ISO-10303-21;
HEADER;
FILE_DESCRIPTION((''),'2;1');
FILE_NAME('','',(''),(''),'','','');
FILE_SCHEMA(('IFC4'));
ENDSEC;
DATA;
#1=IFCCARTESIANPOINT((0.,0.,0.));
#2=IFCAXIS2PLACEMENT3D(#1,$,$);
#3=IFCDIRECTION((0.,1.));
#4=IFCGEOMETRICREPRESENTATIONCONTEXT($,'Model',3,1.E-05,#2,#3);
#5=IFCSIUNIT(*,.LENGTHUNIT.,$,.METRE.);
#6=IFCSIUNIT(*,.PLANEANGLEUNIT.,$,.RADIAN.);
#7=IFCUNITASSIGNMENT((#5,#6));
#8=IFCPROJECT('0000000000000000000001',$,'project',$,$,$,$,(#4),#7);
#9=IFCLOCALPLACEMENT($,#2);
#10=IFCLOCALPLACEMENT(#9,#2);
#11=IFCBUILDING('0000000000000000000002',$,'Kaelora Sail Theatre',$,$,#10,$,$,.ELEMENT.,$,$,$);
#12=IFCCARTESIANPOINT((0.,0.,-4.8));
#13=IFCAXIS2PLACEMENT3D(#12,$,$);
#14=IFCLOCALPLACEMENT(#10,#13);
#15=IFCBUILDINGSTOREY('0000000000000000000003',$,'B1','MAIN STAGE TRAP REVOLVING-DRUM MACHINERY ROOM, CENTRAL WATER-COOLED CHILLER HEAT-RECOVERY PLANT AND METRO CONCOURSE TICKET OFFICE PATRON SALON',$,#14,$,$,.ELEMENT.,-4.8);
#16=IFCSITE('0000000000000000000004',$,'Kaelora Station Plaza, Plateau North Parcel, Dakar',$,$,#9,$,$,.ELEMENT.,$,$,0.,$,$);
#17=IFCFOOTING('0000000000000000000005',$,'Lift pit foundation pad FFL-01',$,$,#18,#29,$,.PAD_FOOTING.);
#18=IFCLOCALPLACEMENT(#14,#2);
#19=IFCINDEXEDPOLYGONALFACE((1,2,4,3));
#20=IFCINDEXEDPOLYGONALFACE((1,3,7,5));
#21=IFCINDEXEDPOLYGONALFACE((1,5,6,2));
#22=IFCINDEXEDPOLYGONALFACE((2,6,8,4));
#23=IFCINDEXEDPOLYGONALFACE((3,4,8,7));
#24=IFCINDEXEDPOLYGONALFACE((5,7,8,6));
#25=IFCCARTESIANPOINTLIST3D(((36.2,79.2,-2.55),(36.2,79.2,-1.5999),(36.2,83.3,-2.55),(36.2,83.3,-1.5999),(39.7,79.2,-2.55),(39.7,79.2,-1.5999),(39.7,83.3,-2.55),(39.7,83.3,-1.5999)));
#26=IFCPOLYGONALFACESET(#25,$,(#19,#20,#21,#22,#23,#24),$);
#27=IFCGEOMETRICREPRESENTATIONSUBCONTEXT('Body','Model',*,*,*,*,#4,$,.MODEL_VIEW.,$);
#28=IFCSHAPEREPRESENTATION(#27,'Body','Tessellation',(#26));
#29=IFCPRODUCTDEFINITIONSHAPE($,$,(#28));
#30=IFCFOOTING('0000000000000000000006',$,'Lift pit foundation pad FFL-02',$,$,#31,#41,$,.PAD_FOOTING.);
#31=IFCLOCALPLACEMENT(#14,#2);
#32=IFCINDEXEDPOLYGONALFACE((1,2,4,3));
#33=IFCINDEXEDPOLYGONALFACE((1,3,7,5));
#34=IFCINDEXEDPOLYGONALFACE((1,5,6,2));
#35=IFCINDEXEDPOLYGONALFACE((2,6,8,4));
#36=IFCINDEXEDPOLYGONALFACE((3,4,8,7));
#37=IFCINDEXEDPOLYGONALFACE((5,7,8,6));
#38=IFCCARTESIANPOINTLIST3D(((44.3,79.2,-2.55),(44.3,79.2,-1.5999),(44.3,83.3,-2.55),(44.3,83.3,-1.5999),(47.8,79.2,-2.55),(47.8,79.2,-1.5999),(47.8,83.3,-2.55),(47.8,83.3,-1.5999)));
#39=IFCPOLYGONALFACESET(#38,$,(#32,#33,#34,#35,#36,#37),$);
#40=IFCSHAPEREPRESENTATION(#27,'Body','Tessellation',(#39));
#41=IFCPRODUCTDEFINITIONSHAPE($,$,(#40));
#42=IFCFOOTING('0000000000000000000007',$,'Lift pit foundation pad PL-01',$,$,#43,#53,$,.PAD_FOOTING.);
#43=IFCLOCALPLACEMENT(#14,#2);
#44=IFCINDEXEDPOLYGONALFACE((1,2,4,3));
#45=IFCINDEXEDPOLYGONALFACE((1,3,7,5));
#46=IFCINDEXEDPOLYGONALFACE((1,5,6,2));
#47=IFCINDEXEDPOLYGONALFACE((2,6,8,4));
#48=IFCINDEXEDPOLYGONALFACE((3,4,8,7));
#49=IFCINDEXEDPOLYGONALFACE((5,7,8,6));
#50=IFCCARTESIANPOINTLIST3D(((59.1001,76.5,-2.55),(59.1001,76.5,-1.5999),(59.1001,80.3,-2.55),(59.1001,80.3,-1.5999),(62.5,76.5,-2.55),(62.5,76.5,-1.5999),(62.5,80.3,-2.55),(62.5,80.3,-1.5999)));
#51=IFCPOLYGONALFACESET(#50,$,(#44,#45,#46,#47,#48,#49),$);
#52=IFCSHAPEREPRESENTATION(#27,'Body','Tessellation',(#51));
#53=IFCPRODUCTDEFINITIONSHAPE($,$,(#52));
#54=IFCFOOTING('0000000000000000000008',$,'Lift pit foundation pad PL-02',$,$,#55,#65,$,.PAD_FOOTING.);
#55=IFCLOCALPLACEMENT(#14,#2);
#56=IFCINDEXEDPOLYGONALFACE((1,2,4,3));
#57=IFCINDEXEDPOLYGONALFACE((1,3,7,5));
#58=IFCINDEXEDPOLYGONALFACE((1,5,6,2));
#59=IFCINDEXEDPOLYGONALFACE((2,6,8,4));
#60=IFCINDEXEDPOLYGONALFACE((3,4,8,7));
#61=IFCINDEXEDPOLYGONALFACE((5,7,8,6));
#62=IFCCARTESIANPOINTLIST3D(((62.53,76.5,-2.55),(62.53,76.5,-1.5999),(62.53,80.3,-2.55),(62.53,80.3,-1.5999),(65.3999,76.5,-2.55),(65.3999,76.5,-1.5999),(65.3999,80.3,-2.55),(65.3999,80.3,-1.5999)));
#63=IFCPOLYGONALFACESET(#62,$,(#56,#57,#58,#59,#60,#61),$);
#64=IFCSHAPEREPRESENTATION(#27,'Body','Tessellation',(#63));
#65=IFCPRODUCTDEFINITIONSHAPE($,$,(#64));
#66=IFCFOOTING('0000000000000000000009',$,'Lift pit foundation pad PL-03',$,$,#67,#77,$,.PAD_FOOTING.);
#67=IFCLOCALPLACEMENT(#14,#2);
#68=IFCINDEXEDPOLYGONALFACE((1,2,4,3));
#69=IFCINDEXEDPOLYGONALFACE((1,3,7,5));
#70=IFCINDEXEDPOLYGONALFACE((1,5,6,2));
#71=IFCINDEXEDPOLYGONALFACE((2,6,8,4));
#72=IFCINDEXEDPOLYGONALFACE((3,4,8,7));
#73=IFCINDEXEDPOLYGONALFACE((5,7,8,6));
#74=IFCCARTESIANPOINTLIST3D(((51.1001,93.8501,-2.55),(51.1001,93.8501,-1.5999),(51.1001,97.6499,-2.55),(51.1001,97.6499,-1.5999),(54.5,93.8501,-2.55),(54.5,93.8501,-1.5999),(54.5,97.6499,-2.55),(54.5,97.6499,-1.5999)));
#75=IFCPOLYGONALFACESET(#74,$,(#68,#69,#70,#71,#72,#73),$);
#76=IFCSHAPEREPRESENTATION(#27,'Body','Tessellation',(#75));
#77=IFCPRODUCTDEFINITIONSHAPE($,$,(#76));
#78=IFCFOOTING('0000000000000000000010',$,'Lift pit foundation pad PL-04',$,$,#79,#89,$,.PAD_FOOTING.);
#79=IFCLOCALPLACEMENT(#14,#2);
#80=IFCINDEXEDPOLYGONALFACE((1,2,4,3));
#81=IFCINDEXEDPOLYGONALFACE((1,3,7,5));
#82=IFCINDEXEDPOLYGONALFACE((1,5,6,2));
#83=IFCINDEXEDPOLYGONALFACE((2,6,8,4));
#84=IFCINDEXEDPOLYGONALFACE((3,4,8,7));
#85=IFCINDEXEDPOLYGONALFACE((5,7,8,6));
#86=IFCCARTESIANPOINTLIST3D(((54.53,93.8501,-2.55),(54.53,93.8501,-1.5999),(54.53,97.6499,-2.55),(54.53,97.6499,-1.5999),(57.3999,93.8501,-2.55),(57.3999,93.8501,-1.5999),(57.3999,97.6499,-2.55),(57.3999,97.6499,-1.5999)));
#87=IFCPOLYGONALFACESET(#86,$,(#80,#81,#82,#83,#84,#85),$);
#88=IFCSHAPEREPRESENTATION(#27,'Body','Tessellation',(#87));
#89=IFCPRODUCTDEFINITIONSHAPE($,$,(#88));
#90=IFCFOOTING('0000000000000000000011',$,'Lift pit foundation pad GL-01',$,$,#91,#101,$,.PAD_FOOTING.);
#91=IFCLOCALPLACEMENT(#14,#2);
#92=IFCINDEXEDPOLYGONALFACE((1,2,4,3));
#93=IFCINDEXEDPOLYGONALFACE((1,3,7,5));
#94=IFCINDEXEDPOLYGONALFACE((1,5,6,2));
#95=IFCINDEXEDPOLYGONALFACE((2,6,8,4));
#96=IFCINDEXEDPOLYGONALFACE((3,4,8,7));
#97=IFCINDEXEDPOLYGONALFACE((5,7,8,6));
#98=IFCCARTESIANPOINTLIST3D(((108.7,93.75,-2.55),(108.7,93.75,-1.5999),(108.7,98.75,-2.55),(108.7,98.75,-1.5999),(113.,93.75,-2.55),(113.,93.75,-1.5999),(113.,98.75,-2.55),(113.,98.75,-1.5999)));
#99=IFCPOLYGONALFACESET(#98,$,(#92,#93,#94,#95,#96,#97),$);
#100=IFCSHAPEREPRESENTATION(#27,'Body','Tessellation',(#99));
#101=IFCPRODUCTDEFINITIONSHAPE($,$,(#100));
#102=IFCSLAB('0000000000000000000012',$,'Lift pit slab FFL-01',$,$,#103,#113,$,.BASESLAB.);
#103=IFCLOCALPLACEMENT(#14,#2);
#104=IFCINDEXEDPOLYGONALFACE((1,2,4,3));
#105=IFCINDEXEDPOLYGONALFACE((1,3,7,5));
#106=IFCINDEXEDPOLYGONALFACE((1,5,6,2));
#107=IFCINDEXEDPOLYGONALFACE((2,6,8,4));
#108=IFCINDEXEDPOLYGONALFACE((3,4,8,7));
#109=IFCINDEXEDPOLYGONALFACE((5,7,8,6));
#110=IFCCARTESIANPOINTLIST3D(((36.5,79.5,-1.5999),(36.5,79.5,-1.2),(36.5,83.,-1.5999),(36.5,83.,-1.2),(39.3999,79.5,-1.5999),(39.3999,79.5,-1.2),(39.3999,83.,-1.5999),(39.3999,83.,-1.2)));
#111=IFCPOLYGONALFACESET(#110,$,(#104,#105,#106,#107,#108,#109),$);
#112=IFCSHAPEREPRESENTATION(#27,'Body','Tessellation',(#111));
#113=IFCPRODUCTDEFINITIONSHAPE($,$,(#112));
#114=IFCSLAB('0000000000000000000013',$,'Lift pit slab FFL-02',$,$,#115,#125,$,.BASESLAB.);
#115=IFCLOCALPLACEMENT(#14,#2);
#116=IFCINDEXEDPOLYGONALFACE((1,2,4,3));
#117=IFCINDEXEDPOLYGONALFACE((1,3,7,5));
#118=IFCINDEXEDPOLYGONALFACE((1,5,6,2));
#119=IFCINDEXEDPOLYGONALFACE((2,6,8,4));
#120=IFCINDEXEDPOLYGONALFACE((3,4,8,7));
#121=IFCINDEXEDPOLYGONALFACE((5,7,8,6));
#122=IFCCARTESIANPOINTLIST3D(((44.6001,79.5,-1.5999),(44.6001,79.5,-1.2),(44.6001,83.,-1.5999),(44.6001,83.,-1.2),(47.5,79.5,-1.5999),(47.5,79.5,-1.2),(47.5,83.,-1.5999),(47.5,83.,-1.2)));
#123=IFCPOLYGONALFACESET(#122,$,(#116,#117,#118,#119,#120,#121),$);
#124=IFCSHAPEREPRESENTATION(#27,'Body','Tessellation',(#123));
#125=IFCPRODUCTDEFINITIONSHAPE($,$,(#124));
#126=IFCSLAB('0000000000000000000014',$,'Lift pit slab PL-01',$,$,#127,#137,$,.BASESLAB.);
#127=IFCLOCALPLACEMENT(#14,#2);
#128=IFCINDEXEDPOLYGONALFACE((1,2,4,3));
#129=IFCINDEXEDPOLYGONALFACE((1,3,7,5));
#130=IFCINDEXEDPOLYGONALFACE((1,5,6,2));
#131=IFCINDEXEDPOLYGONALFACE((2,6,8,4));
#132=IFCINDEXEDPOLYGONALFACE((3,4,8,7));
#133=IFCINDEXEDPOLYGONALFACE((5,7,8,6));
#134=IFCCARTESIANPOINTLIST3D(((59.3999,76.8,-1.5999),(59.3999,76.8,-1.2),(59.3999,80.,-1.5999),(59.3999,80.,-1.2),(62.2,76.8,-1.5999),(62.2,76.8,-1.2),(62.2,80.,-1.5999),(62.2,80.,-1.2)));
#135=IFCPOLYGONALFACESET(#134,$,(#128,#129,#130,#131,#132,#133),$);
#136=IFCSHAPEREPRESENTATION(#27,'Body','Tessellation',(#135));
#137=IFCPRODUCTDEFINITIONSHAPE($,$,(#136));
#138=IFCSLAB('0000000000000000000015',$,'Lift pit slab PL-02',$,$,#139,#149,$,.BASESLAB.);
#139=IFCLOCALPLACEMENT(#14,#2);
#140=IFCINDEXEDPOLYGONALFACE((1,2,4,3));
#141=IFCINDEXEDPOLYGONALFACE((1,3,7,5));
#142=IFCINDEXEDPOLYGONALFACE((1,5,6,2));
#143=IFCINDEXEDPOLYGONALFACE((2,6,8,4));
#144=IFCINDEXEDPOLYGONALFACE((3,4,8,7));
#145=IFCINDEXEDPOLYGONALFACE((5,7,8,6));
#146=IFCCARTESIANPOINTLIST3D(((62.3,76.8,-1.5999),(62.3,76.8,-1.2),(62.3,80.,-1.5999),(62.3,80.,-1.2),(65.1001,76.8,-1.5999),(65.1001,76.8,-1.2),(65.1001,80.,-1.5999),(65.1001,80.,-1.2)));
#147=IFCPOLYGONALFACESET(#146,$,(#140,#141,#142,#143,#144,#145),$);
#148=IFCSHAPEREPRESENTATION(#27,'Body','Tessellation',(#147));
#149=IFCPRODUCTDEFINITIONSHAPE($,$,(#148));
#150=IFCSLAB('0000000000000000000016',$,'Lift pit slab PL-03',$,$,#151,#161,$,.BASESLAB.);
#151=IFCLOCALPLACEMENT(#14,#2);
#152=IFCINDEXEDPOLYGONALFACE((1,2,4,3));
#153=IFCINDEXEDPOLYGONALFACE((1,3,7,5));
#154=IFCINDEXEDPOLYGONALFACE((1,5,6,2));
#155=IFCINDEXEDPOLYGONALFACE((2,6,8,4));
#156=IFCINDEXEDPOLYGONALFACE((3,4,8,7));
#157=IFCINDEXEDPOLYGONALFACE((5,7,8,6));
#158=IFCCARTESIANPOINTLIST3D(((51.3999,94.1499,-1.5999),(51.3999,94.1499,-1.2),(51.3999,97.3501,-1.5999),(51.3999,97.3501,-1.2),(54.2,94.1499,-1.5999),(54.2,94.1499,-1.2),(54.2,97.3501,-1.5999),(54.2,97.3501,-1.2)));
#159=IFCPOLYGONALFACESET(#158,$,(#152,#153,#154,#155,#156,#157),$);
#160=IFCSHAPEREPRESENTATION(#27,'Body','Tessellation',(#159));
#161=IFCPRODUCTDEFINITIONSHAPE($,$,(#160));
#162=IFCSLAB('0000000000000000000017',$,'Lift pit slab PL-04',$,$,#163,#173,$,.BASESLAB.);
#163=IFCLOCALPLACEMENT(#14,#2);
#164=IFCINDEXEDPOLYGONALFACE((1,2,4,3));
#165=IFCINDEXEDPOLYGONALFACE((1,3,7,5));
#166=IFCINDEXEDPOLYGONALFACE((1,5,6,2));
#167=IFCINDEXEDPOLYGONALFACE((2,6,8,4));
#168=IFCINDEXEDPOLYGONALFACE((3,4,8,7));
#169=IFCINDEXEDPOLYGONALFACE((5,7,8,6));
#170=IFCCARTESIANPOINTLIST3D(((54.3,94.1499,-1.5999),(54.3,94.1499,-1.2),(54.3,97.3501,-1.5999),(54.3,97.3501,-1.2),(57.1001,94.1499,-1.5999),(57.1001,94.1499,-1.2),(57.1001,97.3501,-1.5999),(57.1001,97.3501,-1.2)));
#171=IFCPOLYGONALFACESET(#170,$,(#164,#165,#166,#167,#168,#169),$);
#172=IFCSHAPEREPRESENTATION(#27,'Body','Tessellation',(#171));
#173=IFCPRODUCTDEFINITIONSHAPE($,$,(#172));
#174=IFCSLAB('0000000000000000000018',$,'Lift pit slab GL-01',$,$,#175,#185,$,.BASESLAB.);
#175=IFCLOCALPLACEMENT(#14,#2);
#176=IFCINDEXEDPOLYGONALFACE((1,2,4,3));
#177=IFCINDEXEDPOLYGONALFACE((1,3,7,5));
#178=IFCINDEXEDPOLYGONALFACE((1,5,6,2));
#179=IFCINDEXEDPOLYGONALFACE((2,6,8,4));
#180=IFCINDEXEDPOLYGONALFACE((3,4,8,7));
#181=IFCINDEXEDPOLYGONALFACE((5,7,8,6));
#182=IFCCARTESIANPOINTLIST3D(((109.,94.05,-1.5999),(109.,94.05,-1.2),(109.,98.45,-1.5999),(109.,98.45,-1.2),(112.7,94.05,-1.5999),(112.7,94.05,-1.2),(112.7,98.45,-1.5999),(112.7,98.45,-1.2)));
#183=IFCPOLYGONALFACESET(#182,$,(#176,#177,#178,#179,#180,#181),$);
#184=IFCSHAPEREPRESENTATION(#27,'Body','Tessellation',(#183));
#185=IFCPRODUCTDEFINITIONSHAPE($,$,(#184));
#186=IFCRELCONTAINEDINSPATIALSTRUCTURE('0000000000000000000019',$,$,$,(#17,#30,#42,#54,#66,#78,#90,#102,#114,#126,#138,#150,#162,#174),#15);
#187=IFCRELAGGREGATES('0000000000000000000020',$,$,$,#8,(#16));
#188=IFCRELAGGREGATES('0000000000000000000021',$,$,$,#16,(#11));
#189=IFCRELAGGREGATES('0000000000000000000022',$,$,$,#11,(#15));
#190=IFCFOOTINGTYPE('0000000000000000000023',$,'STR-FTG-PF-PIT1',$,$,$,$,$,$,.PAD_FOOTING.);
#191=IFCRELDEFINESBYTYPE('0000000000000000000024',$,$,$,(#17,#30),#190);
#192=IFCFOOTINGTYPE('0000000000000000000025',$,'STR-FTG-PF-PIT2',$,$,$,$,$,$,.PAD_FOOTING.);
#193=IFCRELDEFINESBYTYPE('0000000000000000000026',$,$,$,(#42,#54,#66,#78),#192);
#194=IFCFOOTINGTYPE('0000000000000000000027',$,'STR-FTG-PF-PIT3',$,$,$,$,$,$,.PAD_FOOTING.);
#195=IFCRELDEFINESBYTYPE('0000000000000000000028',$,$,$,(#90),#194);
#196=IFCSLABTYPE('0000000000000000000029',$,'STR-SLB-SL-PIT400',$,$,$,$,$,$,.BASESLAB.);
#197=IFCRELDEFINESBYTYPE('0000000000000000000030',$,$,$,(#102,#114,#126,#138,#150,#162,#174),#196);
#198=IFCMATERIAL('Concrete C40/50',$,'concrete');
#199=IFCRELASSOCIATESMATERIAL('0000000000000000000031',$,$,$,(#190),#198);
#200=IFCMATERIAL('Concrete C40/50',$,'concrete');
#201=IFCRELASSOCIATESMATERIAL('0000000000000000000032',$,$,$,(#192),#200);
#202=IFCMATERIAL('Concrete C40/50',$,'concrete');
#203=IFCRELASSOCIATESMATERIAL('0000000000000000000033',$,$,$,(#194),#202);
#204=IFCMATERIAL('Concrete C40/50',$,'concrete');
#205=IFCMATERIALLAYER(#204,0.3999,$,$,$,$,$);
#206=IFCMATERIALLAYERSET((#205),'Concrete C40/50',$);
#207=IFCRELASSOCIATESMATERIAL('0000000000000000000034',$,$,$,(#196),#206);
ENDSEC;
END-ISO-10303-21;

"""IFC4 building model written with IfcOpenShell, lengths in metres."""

from ifc_helpers import new_model, si_unit, direction, frame, origin, place, context, subcontext, project, spatial, polyline, outline, extrude, material, layer, layer_set, type_object, element, save


model = new_model("IFC4")

# Units and contexts
model_context = context("Model", 3, precision=1e-05, world=origin(), true_north=direction((0.0, 1.0)))
body_context = subcontext(model_context, "Body", "Model", "MODEL_VIEW")
ifc_project = project(units=[si_unit("LENGTHUNIT", "METRE"), si_unit("PLANEANGLEUNIT", "RADIAN")], contexts=[model_context])

# Site, building, storey
site_placement = place(None, origin())
site = spatial("IfcSite", under=ifc_project, at=site_placement, Name="Kaelora Station Plaza, Plateau North Parcel, Dakar", CompositionType="ELEMENT", RefElevation=0.0)
building_placement = place(site_placement, origin())
building = spatial("IfcBuilding", under=site, at=building_placement, Name="Kaelora Sail Theatre", CompositionType="ELEMENT")
storey_placement = place(building_placement, frame((0.0, 0.0, -4.8)))
storey = spatial("IfcBuildingStorey", under=building, at=storey_placement, Name="B1", Description="MAIN STAGE TRAP REVOLVING-DRUM MACHINERY ROOM, CENTRAL WATER-COOLED CHILLER HEAT-RECOVERY PLANT AND METRO CONCOURSE TICKET OFFICE PATRON SALON", CompositionType="ELEMENT", Elevation=-4.8)

# Footings
ifc_material_1 = material(Name="Concrete C40/50", Category="concrete")
footing_type_1 = type_object("IfcFootingType", Name="STR-FTG-PF-PIT1", PredefinedType="PAD_FOOTING", material=ifc_material_1)
footing_1_placement = place(storey_placement, frame((0.0, 0.0, -2.55)))
element("IfcFooting", 1, at=footing_1_placement, inside=storey, type_object=footing_type_1, Name="Lift pit foundation pad FFL-01", PredefinedType="PAD_FOOTING", context=body_context, shape_type="SweptSolid", body=[
    extrude(outline(polyline([(39.7, 79.2), (39.7, 83.3), (36.2, 83.3), (36.2, 79.2), (39.7, 79.2)])), origin(), (0.0, 0.0, 1.0), 0.9502),
])
footing_2_placement = place(storey_placement, frame((0.0, 0.0, -2.55)))
element("IfcFooting", 2, at=footing_2_placement, inside=storey, type_object=footing_type_1, Name="Lift pit foundation pad FFL-02", PredefinedType="PAD_FOOTING", context=body_context, shape_type="SweptSolid", body=[
    extrude(outline(polyline([(44.3, 79.2), (44.3, 83.3), (47.8, 83.3), (47.8, 79.2), (44.3, 79.2)])), origin(), (0.0, 0.0, 1.0), 0.9502),
])
ifc_material_2 = material(Name="Concrete C40/50", Category="concrete")
footing_type_2 = type_object("IfcFootingType", Name="STR-FTG-PF-PIT2", PredefinedType="PAD_FOOTING", material=ifc_material_2)
footing_3_placement = place(storey_placement, frame((0.0, 0.0, -2.55)))
element("IfcFooting", 3, at=footing_3_placement, inside=storey, type_object=footing_type_2, Name="Lift pit foundation pad PL-01", PredefinedType="PAD_FOOTING", context=body_context, shape_type="SweptSolid", body=[
    extrude(outline(polyline([(59.1001, 80.3), (62.5, 80.3), (62.5, 76.5), (59.1001, 76.5), (59.1001, 80.3)])), origin(), (0.0, 0.0, 1.0), 0.9502),
])
footing_4_placement = place(storey_placement, frame((0.0, 0.0, -2.55)))
element("IfcFooting", 4, at=footing_4_placement, inside=storey, type_object=footing_type_2, Name="Lift pit foundation pad PL-02", PredefinedType="PAD_FOOTING", context=body_context, shape_type="SweptSolid", body=[
    extrude(outline(polyline([(65.3999, 80.3), (65.3999, 76.5), (62.53, 76.5), (62.53, 80.3), (65.3999, 80.3)])), origin(), (0.0, 0.0, 1.0), 0.9502),
])
footing_5_placement = place(storey_placement, frame((0.0, 0.0, -2.55)))
element("IfcFooting", 5, at=footing_5_placement, inside=storey, type_object=footing_type_2, Name="Lift pit foundation pad PL-03", PredefinedType="PAD_FOOTING", context=body_context, shape_type="SweptSolid", body=[
    extrude(outline(polyline([(54.5, 93.8501), (51.1001, 93.8501), (51.1001, 97.6499), (54.5, 97.6499), (54.5, 93.8501)])), origin(), (0.0, 0.0, 1.0), 0.9502),
])
footing_6_placement = place(storey_placement, frame((0.0, 0.0, -2.55)))
element("IfcFooting", 6, at=footing_6_placement, inside=storey, type_object=footing_type_2, Name="Lift pit foundation pad PL-04", PredefinedType="PAD_FOOTING", context=body_context, shape_type="SweptSolid", body=[
    extrude(outline(polyline([(54.53, 93.8501), (54.53, 97.6499), (57.3999, 97.6499), (57.3999, 93.8501), (54.53, 93.8501)])), origin(), (0.0, 0.0, 1.0), 0.9502),
])
ifc_material_3 = material(Name="Concrete C40/50", Category="concrete")
footing_type_3 = type_object("IfcFootingType", Name="STR-FTG-PF-PIT3", PredefinedType="PAD_FOOTING", material=ifc_material_3)
footing_7_placement = place(storey_placement, frame((0.0, 0.0, -2.55)))
element("IfcFooting", 7, at=footing_7_placement, inside=storey, type_object=footing_type_3, Name="Lift pit foundation pad GL-01", PredefinedType="PAD_FOOTING", context=body_context, shape_type="SweptSolid", body=[
    extrude(outline(polyline([(108.7, 98.75), (113.0, 98.75), (113.0, 93.75), (108.7, 93.75), (108.7, 98.75)])), origin(), (0.0, 0.0, 1.0), 0.9502),
])

# Slabs
ifc_material_4 = material(Name="Concrete C40/50", Category="concrete")
ifc_layer = layer(ifc_material_4, 0.3999)
ifc_layer_set = layer_set([ifc_layer], Name="Concrete C40/50")
slab_type = type_object("IfcSlabType", Name="STR-SLB-SL-PIT400", PredefinedType="BASESLAB", material=ifc_layer_set)
slab_1_placement = place(storey_placement, frame((0.0, 0.0, -1.5999)))
element("IfcSlab", 8, at=slab_1_placement, inside=storey, type_object=slab_type, Name="Lift pit slab FFL-01", PredefinedType="BASESLAB", context=body_context, shape_type="SweptSolid", body=[
    extrude(outline(polyline([(36.5, 79.5), (39.3999, 79.5), (39.3999, 83.0), (36.5, 83.0), (36.5, 79.5)])), origin(), (0.0, 0.0, 1.0), 0.3999),
])
slab_2_placement = place(storey_placement, frame((0.0, 0.0, -1.5999)))
element("IfcSlab", 9, at=slab_2_placement, inside=storey, type_object=slab_type, Name="Lift pit slab FFL-02", PredefinedType="BASESLAB", context=body_context, shape_type="SweptSolid", body=[
    extrude(outline(polyline([(44.6001, 79.5), (47.5, 79.5), (47.5, 83.0), (44.6001, 83.0), (44.6001, 79.5)])), origin(), (0.0, 0.0, 1.0), 0.3999),
])
slab_3_placement = place(storey_placement, frame((0.0, 0.0, -1.5999)))
element("IfcSlab", 10, at=slab_3_placement, inside=storey, type_object=slab_type, Name="Lift pit slab PL-01", PredefinedType="BASESLAB", context=body_context, shape_type="SweptSolid", body=[
    extrude(outline(polyline([(59.3999, 76.8), (62.2, 76.8), (62.2, 80.0), (59.3999, 80.0), (59.3999, 76.8)])), origin(), (0.0, 0.0, 1.0), 0.3999),
])
slab_4_placement = place(storey_placement, frame((0.0, 0.0, -1.5999)))
element("IfcSlab", 11, at=slab_4_placement, inside=storey, type_object=slab_type, Name="Lift pit slab PL-02", PredefinedType="BASESLAB", context=body_context, shape_type="SweptSolid", body=[
    extrude(outline(polyline([(62.3, 76.8), (65.1001, 76.8), (65.1001, 80.0), (62.3, 80.0), (62.3, 76.8)])), origin(), (0.0, 0.0, 1.0), 0.3999),
])
slab_5_placement = place(storey_placement, frame((0.0, 0.0, -1.5999)))
element("IfcSlab", 12, at=slab_5_placement, inside=storey, type_object=slab_type, Name="Lift pit slab PL-03", PredefinedType="BASESLAB", context=body_context, shape_type="SweptSolid", body=[
    extrude(outline(polyline([(51.3999, 94.1499), (54.2, 94.1499), (54.2, 97.3501), (51.3999, 97.3501), (51.3999, 94.1499)])), origin(), (0.0, 0.0, 1.0), 0.3999),
])
slab_6_placement = place(storey_placement, frame((0.0, 0.0, -1.5999)))
element("IfcSlab", 13, at=slab_6_placement, inside=storey, type_object=slab_type, Name="Lift pit slab PL-04", PredefinedType="BASESLAB", context=body_context, shape_type="SweptSolid", body=[
    extrude(outline(polyline([(54.3, 94.1499), (57.1001, 94.1499), (57.1001, 97.3501), (54.3, 97.3501), (54.3, 94.1499)])), origin(), (0.0, 0.0, 1.0), 0.3999),
])
slab_7_placement = place(storey_placement, frame((0.0, 0.0, -1.5999)))
element("IfcSlab", 14, at=slab_7_placement, inside=storey, type_object=slab_type, Name="Lift pit slab GL-01", PredefinedType="BASESLAB", context=body_context, shape_type="SweptSolid", body=[
    extrude(outline(polyline([(109.0, 94.05), (112.7, 94.05), (112.7, 98.45), (109.0, 98.45), (109.0, 94.05)])), origin(), (0.0, 0.0, 1.0), 0.3999),
])

save(model, "model.ifc")
